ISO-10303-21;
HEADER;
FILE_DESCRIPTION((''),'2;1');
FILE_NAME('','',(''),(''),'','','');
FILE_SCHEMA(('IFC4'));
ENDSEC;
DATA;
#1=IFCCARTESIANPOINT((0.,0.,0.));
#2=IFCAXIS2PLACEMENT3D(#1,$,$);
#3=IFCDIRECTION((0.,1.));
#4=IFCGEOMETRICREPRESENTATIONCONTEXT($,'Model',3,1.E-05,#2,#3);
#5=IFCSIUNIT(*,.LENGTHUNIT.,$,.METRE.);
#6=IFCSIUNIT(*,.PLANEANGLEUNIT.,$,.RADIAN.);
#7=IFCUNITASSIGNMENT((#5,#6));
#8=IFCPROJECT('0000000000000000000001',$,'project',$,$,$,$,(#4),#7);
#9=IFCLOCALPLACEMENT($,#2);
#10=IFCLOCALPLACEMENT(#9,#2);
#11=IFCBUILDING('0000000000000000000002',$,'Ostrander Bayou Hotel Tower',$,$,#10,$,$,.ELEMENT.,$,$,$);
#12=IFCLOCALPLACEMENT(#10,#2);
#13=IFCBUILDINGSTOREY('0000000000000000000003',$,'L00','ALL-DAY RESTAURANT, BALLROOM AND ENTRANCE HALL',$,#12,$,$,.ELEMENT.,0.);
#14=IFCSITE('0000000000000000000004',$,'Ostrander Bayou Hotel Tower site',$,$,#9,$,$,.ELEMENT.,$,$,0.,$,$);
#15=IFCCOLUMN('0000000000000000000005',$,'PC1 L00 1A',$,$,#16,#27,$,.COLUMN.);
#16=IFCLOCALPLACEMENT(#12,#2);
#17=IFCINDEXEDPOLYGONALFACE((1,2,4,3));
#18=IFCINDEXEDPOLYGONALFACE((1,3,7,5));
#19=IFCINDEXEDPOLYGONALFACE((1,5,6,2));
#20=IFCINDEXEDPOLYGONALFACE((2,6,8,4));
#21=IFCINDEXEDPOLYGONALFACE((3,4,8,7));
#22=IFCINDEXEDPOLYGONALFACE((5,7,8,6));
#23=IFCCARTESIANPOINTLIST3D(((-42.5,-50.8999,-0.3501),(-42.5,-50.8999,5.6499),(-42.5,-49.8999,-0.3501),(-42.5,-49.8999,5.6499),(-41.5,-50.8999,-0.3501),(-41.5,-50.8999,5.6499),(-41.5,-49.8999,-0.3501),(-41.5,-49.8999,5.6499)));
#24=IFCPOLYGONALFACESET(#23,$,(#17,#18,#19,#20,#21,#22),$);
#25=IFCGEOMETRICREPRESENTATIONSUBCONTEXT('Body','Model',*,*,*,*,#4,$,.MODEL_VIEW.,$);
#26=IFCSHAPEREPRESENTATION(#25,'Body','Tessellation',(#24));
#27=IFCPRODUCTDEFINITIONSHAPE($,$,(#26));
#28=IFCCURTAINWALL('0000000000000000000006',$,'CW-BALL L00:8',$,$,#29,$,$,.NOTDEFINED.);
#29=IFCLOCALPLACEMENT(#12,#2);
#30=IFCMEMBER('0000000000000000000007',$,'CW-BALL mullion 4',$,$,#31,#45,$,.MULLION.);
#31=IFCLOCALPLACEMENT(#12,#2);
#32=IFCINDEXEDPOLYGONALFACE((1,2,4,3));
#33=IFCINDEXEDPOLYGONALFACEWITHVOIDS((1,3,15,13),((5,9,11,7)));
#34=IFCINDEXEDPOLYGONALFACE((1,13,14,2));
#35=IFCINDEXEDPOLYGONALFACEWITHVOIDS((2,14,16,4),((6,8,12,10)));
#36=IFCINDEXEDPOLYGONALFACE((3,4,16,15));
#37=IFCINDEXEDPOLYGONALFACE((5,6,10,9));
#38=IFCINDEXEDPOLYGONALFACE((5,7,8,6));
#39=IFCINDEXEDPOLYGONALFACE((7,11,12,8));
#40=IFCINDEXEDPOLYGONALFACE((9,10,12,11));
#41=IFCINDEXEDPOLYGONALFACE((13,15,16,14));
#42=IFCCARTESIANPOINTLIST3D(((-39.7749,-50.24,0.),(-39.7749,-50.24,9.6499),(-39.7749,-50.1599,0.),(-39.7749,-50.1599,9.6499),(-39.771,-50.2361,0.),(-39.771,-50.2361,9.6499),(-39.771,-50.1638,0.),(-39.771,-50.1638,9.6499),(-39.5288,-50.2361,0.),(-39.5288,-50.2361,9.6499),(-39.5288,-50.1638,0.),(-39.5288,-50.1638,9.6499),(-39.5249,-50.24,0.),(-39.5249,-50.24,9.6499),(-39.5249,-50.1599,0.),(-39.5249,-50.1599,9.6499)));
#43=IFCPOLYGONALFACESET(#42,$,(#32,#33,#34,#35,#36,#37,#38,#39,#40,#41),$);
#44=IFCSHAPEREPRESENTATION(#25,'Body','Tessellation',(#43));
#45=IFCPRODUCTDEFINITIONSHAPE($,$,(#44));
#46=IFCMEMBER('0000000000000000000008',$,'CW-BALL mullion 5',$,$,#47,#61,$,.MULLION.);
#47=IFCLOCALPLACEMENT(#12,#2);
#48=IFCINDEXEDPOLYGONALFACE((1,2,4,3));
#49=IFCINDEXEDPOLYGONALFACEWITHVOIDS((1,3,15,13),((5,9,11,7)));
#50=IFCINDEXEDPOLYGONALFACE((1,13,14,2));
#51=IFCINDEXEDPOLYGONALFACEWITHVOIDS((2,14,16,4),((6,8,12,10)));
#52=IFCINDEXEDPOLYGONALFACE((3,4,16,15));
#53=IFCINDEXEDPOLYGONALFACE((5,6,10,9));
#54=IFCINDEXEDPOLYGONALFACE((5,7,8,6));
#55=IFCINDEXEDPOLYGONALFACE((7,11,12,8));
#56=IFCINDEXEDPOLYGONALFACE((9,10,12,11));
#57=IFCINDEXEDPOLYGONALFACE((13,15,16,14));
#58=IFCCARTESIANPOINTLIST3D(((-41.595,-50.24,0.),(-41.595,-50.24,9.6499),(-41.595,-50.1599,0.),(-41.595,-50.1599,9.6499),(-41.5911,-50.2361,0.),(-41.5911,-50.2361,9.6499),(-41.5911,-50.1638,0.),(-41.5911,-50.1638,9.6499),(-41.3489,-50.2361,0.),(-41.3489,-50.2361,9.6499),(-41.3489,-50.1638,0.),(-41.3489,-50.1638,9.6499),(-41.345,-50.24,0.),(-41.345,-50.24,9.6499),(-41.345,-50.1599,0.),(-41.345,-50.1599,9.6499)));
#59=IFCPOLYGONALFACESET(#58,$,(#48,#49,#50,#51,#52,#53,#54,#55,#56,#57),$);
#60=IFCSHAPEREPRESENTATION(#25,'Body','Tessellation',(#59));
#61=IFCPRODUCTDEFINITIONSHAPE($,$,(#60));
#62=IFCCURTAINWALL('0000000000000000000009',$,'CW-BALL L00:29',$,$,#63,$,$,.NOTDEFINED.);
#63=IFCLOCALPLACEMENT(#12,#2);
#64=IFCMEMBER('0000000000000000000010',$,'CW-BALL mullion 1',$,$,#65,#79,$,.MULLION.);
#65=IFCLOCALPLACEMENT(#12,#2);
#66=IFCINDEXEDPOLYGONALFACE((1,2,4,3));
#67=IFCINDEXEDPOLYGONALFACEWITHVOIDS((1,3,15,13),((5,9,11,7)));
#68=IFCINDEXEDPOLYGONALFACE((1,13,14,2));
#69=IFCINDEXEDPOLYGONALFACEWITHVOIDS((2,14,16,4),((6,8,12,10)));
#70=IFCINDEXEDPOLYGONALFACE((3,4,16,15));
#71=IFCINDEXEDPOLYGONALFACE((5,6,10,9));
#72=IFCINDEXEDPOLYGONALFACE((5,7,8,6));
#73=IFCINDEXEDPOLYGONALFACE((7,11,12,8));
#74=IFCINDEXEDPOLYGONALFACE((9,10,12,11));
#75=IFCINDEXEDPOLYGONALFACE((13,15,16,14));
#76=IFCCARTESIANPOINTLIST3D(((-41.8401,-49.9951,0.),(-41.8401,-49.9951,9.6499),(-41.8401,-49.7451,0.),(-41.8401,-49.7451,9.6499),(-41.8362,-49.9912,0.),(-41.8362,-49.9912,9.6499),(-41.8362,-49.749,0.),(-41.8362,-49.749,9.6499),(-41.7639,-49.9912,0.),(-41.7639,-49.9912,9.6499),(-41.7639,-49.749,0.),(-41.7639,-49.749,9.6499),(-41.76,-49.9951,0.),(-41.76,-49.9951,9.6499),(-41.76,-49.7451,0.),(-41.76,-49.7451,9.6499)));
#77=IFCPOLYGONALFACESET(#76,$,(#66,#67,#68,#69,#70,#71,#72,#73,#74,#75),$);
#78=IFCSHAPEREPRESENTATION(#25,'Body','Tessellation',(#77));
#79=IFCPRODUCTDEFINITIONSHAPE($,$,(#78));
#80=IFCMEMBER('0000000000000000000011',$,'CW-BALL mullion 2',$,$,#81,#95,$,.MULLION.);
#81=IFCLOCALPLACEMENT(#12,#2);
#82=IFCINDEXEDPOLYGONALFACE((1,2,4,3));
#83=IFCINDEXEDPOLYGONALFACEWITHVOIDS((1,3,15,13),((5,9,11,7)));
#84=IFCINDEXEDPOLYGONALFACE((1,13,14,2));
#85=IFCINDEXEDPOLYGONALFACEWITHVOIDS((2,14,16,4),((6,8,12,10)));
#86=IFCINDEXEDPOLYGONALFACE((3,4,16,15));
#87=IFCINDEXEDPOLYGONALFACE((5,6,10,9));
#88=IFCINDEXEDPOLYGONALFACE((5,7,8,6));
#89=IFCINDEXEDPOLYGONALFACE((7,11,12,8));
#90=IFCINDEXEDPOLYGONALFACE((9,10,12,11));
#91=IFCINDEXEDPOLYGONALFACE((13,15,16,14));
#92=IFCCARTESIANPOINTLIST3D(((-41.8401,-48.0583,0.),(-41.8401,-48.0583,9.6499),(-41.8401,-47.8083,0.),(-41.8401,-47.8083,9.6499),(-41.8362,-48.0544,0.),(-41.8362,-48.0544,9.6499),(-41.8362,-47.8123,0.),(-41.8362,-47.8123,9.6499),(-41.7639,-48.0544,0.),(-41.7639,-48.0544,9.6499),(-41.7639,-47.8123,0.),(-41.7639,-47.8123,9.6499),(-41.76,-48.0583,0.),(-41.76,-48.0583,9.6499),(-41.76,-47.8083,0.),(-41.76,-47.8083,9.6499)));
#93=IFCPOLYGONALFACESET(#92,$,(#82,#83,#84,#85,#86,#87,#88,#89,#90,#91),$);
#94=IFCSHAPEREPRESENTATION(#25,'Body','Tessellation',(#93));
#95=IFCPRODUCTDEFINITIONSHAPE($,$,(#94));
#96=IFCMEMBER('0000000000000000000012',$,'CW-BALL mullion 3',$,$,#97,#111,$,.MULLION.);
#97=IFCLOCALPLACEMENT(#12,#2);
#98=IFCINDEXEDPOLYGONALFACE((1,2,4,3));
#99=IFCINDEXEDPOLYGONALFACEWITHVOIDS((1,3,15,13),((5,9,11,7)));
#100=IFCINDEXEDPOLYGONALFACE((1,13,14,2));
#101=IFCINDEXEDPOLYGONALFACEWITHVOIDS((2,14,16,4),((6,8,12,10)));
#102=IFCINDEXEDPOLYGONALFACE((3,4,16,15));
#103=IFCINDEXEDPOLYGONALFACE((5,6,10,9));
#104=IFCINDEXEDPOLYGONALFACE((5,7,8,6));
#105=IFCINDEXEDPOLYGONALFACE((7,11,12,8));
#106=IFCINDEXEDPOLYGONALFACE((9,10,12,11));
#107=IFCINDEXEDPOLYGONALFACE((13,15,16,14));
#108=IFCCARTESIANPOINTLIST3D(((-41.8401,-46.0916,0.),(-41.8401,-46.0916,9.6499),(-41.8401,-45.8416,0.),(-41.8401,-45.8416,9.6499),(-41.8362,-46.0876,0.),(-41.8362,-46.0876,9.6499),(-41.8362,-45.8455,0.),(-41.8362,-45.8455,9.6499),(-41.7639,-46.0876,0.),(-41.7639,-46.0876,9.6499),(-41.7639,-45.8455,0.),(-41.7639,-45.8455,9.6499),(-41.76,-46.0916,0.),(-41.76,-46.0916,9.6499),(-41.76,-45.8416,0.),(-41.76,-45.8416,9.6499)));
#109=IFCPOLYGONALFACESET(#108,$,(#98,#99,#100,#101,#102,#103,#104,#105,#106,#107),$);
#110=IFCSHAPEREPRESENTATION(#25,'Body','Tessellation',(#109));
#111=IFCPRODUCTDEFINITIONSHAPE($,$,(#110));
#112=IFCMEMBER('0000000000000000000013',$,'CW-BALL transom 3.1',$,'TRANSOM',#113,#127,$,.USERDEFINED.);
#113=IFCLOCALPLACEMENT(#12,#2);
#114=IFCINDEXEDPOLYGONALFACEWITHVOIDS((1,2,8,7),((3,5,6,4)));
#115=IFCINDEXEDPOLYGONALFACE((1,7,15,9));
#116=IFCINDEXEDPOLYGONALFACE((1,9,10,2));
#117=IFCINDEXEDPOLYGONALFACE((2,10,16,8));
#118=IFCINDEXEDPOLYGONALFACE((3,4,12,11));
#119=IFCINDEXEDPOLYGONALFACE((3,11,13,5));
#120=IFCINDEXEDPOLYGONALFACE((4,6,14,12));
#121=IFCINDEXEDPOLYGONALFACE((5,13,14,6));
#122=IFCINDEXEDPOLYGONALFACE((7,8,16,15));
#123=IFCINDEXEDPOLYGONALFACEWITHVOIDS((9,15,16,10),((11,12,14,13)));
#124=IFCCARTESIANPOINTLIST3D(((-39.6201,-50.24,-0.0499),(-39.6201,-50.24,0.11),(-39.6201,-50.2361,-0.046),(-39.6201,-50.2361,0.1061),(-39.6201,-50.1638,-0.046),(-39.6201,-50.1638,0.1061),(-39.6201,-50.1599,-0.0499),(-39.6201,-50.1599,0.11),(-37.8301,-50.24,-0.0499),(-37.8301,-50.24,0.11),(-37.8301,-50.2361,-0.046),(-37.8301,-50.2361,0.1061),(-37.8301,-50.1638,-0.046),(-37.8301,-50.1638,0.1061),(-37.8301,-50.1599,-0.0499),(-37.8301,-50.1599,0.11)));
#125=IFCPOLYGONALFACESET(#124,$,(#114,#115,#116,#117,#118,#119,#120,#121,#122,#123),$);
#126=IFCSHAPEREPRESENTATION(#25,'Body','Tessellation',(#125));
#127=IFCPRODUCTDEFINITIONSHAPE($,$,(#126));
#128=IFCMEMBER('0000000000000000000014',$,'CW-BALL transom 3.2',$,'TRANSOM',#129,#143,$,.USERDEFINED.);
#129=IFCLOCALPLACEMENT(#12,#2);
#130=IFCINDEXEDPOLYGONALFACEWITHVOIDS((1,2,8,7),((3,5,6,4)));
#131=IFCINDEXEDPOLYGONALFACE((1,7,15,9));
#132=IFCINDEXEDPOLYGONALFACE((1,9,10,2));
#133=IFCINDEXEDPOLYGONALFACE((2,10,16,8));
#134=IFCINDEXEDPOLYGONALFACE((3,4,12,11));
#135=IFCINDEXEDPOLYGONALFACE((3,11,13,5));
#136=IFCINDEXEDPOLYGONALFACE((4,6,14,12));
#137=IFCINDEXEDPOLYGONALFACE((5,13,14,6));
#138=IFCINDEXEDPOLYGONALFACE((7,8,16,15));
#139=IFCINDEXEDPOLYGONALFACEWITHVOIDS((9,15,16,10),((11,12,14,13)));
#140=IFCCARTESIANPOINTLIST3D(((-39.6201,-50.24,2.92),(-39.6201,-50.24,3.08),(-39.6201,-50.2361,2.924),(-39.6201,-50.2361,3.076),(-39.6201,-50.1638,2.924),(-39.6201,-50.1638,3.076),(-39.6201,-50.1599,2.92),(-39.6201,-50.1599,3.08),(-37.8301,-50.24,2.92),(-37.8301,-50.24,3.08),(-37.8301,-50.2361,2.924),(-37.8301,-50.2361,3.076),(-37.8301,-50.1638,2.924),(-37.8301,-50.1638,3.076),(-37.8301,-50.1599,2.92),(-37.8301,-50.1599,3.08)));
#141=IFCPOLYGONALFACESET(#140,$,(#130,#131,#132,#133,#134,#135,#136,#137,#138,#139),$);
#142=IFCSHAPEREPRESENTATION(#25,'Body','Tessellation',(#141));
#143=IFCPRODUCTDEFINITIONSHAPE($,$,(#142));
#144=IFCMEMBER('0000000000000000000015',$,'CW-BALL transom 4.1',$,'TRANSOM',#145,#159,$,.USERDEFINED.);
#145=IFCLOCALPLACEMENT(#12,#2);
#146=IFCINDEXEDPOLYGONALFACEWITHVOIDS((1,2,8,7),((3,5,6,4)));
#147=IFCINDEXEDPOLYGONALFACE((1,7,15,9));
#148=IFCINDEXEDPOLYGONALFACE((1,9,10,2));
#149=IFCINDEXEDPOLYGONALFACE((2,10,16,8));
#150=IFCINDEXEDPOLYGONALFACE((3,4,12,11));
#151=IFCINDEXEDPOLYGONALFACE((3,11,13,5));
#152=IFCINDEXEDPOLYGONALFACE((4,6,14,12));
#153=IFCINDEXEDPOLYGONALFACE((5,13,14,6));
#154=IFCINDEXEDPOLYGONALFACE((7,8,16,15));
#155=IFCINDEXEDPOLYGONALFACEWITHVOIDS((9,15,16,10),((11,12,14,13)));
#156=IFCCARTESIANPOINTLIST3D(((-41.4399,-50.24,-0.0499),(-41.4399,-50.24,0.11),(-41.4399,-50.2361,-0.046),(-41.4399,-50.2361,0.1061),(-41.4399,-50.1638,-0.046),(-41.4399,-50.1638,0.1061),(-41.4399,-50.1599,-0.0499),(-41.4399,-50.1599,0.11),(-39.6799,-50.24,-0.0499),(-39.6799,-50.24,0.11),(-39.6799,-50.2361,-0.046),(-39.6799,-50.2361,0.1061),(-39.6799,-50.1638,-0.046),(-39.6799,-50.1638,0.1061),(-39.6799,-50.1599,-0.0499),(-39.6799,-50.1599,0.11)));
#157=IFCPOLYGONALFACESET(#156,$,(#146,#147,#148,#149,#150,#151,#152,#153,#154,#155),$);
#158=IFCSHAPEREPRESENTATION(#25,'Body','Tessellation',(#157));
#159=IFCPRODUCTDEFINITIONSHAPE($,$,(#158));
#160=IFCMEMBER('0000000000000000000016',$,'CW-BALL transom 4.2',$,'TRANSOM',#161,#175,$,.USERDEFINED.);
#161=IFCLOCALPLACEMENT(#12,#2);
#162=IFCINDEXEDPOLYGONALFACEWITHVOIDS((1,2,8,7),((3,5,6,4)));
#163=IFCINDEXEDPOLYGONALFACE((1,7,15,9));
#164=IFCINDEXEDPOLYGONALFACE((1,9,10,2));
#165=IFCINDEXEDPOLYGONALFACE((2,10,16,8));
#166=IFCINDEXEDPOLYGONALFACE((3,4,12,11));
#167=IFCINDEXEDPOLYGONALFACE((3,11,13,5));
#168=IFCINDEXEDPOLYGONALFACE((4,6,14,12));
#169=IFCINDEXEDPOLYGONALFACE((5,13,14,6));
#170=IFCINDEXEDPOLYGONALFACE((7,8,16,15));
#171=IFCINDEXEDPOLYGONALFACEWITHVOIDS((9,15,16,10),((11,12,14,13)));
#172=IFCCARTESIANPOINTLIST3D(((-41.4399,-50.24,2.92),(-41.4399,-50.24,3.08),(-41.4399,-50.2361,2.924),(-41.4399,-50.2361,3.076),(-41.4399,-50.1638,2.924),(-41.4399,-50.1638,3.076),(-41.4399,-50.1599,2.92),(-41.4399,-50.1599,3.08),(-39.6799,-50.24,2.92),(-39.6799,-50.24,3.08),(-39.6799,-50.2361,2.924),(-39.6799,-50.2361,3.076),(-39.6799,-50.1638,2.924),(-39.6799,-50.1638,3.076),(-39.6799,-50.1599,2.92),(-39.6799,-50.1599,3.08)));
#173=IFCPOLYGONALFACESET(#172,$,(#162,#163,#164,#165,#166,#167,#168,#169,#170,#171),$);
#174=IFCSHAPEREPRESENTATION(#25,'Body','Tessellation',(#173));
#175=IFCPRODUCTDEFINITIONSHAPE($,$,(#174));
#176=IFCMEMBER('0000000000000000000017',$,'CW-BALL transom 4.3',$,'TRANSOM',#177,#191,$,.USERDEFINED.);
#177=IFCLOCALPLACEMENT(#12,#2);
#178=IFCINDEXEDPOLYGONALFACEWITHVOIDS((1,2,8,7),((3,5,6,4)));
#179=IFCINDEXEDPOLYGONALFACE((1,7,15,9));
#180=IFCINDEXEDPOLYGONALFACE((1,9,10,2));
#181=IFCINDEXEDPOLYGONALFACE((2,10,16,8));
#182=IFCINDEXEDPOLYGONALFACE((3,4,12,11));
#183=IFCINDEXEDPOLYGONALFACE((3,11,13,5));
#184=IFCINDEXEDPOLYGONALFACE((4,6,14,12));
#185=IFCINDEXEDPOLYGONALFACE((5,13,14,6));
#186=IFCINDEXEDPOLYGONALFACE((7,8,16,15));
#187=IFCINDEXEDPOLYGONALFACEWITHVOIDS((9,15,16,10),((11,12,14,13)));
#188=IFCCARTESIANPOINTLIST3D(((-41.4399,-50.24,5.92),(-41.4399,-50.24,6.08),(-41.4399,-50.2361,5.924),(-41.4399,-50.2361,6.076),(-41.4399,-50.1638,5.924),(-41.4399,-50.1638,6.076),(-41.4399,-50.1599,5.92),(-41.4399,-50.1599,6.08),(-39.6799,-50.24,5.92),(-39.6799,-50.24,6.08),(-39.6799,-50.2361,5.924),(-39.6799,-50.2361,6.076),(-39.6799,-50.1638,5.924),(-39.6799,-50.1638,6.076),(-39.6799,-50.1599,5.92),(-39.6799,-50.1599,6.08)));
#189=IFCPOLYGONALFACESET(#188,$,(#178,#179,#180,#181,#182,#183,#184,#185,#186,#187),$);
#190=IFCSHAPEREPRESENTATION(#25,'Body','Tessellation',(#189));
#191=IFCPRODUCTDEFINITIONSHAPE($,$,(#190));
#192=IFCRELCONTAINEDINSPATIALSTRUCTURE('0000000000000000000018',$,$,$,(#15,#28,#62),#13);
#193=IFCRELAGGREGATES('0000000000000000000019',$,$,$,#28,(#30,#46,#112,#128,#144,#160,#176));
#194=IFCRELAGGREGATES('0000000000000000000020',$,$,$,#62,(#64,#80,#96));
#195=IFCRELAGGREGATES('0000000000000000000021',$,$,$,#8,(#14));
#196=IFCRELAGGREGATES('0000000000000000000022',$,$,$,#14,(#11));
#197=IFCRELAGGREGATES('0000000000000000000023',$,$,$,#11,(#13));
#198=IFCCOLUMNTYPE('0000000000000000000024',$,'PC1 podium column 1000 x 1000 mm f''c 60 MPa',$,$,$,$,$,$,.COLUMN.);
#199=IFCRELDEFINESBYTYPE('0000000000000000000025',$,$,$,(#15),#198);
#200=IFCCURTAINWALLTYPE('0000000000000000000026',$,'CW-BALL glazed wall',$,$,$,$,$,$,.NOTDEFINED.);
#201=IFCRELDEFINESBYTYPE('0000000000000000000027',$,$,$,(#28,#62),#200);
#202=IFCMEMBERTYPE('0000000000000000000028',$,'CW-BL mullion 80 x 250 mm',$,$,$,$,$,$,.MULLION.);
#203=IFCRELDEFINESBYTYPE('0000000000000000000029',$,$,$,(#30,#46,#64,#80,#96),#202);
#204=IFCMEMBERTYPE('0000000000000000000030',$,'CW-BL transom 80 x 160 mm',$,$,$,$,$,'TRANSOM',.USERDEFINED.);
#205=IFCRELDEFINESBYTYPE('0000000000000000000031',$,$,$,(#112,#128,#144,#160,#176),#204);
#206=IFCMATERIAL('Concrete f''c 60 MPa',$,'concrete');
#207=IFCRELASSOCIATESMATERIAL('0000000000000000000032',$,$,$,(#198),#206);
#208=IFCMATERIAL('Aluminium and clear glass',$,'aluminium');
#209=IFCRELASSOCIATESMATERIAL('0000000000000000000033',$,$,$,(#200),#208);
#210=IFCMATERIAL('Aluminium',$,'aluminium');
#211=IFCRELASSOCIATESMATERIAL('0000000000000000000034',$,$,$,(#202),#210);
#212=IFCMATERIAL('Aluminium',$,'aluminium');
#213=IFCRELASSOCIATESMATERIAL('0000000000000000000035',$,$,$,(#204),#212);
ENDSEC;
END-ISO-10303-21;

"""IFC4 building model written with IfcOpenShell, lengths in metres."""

from ifc_helpers import new_model, si_unit, direction, frame, origin, origin_2d, place, context, subcontext, project, spatial, rectangle, hollow_rectangle, extrude, material, material_profile, profile_set, type_object, element, aggregate, save


model = new_model("IFC4")

# Units and contexts
model_context = context("Model", 3, precision=1e-05, world=origin(), true_north=direction((0.0, 1.0)))
body_context = subcontext(model_context, "Body", "Model", "MODEL_VIEW")
ifc_project = project(units=[si_unit("LENGTHUNIT", "METRE"), si_unit("PLANEANGLEUNIT", "RADIAN")], contexts=[model_context])

# Site, building, storey
site_placement = place(None, origin())
site = spatial("IfcSite", under=ifc_project, at=site_placement, Name="Ostrander Bayou Hotel Tower site", CompositionType="ELEMENT", RefElevation=0.0)
building_placement = place(site_placement, origin())
building = spatial("IfcBuilding", under=site, at=building_placement, Name="Ostrander Bayou Hotel Tower", CompositionType="ELEMENT")
storey_placement = place(building_placement, origin())
storey = spatial("IfcBuildingStorey", under=building, at=storey_placement, Name="L00", Description="ALL-DAY RESTAURANT, BALLROOM AND ENTRANCE HALL", CompositionType="ELEMENT", Elevation=0.0)

# Column
ifc_material_1 = material(Name="Concrete f'c 60 MPa", Category="concrete")
ifc_material_profile_1 = material_profile(ifc_material_1, rectangle(XDim=1.0, YDim=1.0, at=origin_2d()))
ifc_profile_set_1 = profile_set([ifc_material_profile_1], Name="Concrete f'c 60 MPa")
column_type = type_object("IfcColumnType", Name="PC1 podium column 1000 x 1000 mm f'c 60 MPa", PredefinedType="COLUMN", material=ifc_profile_set_1)
column_placement = place(storey_placement, frame((-42.0, -50.3999, -0.3501), z_axis=(0.0, 0.0, 1.0), x_axis=(1.0, 0.0, 0.0)))
element("IfcColumn", 1, at=column_placement, inside=storey, type_object=column_type, Name="PC1 L00 1A", PredefinedType="COLUMN", context=body_context, shape_type="SweptSolid", body=[
    extrude(rectangle(XDim=1.0, YDim=1.0, at=origin_2d()), origin(), (0.0, 0.0, 1.0), 6.0),
])

# Curtain walls, members
ifc_material_2 = material(Name="Aluminium and clear glass", Category="aluminium")
curtain_wall_type = type_object("IfcCurtainWallType", Name="CW-BALL glazed wall", PredefinedType="NOTDEFINED", material=ifc_material_2)
curtain_wall_1_placement = place(storey_placement, origin())
curtain_wall_1 = element("IfcCurtainWall", 2, at=curtain_wall_1_placement, inside=storey, type_object=curtain_wall_type, Name="CW-BALL L00:8", PredefinedType="NOTDEFINED")
ifc_material_3 = material(Name="Aluminium", Category="aluminium")
ifc_material_profile_2 = material_profile(ifc_material_3, hollow_rectangle(XDim=0.0801, YDim=0.25, WallThickness=0.0039, at=origin_2d()))
ifc_profile_set_2 = profile_set([ifc_material_profile_2], Name="Aluminium")
member_type_1 = type_object("IfcMemberType", Name="CW-BL mullion 80 x 250 mm", PredefinedType="MULLION", material=ifc_profile_set_2)
member_1_placement = place(storey_placement, frame((-39.6499, -50.2, 0.0), z_axis=(0.0, 0.0, 1.0), x_axis=(0.0, -1.0, 0.0)))
member_1 = element("IfcMember", 3, at=member_1_placement, type_object=member_type_1, Name="CW-BALL mullion 4", PredefinedType="MULLION", context=body_context, shape_type="SweptSolid", body=[
    extrude(hollow_rectangle(XDim=0.0801, YDim=0.25, WallThickness=0.0039, at=origin_2d()), origin(), (0.0, 0.0, 1.0), 9.6499),
])
member_2_placement = place(storey_placement, frame((-41.47, -50.2, 0.0), z_axis=(0.0, 0.0, 1.0), x_axis=(0.0, -1.0, 0.0)))
member_2 = element("IfcMember", 4, at=member_2_placement, type_object=member_type_1, Name="CW-BALL mullion 5", PredefinedType="MULLION", context=body_context, shape_type="SweptSolid", body=[
    extrude(hollow_rectangle(XDim=0.0801, YDim=0.25, WallThickness=0.0039, at=origin_2d()), origin(), (0.0, 0.0, 1.0), 9.6499),
])
curtain_wall_2_placement = place(storey_placement, origin())
curtain_wall_2 = element("IfcCurtainWall", 5, at=curtain_wall_2_placement, inside=storey, type_object=curtain_wall_type, Name="CW-BALL L00:29", PredefinedType="NOTDEFINED")
member_3_placement = place(storey_placement, frame((-41.8, -49.8701, 0.0), z_axis=(0.0, 0.0, 1.0), x_axis=(-1.0, 0.0, 0.0)))
member_3 = element("IfcMember", 6, at=member_3_placement, type_object=member_type_1, Name="CW-BALL mullion 1", PredefinedType="MULLION", context=body_context, shape_type="SweptSolid", body=[
    extrude(hollow_rectangle(XDim=0.0801, YDim=0.25, WallThickness=0.0039, at=origin_2d()), origin(), (0.0, 0.0, 1.0), 9.6499),
])
member_4_placement = place(storey_placement, frame((-41.8, -47.9333, 0.0), z_axis=(0.0, 0.0, 1.0), x_axis=(-1.0, 0.0, 0.0)))
member_4 = element("IfcMember", 7, at=member_4_placement, type_object=member_type_1, Name="CW-BALL mullion 2", PredefinedType="MULLION", context=body_context, shape_type="SweptSolid", body=[
    extrude(hollow_rectangle(XDim=0.0801, YDim=0.25, WallThickness=0.0039, at=origin_2d()), origin(), (0.0, 0.0, 1.0), 9.6499),
])
member_5_placement = place(storey_placement, frame((-41.8, -45.9666, 0.0), z_axis=(0.0, 0.0, 1.0), x_axis=(-1.0, 0.0, 0.0)))
member_5 = element("IfcMember", 8, at=member_5_placement, type_object=member_type_1, Name="CW-BALL mullion 3", PredefinedType="MULLION", context=body_context, shape_type="SweptSolid", body=[
    extrude(hollow_rectangle(XDim=0.0801, YDim=0.25, WallThickness=0.0039, at=origin_2d()), origin(), (0.0, 0.0, 1.0), 9.6499),
])

# Members
ifc_material_4 = material(Name="Aluminium", Category="aluminium")
ifc_material_profile_3 = material_profile(ifc_material_4, hollow_rectangle(XDim=0.0801, YDim=0.1599, WallThickness=0.0039, at=origin_2d()))
ifc_profile_set_3 = profile_set([ifc_material_profile_3], Name="Aluminium")
member_type_2 = type_object("IfcMemberType", Name="CW-BL transom 80 x 160 mm", ElementType="TRANSOM", PredefinedType="USERDEFINED", material=ifc_profile_set_3)
member_6_placement = place(storey_placement, frame((-37.8301, -50.2, 0.03), z_axis=(-1.0, 0.0, 0.0), x_axis=(0.0, -1.0, 0.0)))
member_6 = element("IfcMember", 9, at=member_6_placement, type_object=member_type_2, Name="CW-BALL transom 3.1", ObjectType="TRANSOM", PredefinedType="USERDEFINED", context=body_context, shape_type="SweptSolid", body=[
    extrude(hollow_rectangle(XDim=0.0801, YDim=0.1599, WallThickness=0.0039, at=origin_2d()), origin(), (0.0, 0.0, 1.0), 1.79),
])
member_7_placement = place(storey_placement, frame((-37.8301, -50.2, 3.0), z_axis=(-1.0, 0.0, 0.0), x_axis=(0.0, -1.0, 0.0)))
member_7 = element("IfcMember", 10, at=member_7_placement, type_object=member_type_2, Name="CW-BALL transom 3.2", ObjectType="TRANSOM", PredefinedType="USERDEFINED", context=body_context, shape_type="SweptSolid", body=[
    extrude(hollow_rectangle(XDim=0.0801, YDim=0.1599, WallThickness=0.0039, at=origin_2d()), origin(), (0.0, 0.0, 1.0), 1.79),
])
member_8_placement = place(storey_placement, frame((-39.6799, -50.2, 0.03), z_axis=(-1.0, 0.0, 0.0), x_axis=(0.0, -1.0, 0.0)))
member_8 = element("IfcMember", 11, at=member_8_placement, type_object=member_type_2, Name="CW-BALL transom 4.1", ObjectType="TRANSOM", PredefinedType="USERDEFINED", context=body_context, shape_type="SweptSolid", body=[
    extrude(hollow_rectangle(XDim=0.0801, YDim=0.1599, WallThickness=0.0039, at=origin_2d()), origin(), (0.0, 0.0, 1.0), 1.76),
])
member_9_placement = place(storey_placement, frame((-39.6799, -50.2, 3.0), z_axis=(-1.0, 0.0, 0.0), x_axis=(0.0, -1.0, 0.0)))
member_9 = element("IfcMember", 12, at=member_9_placement, type_object=member_type_2, Name="CW-BALL transom 4.2", ObjectType="TRANSOM", PredefinedType="USERDEFINED", context=body_context, shape_type="SweptSolid", body=[
    extrude(hollow_rectangle(XDim=0.0801, YDim=0.1599, WallThickness=0.0039, at=origin_2d()), origin(), (0.0, 0.0, 1.0), 1.76),
])
member_10_placement = place(storey_placement, frame((-39.6799, -50.2, 6.0), z_axis=(-1.0, 0.0, 0.0), x_axis=(0.0, -1.0, 0.0)))
member_10 = element("IfcMember", 13, at=member_10_placement, type_object=member_type_2, Name="CW-BALL transom 4.3", ObjectType="TRANSOM", PredefinedType="USERDEFINED", context=body_context, shape_type="SweptSolid", body=[
    extrude(hollow_rectangle(XDim=0.0801, YDim=0.1599, WallThickness=0.0039, at=origin_2d()), origin(), (0.0, 0.0, 1.0), 1.76),
])

aggregate(curtain_wall_1, [member_1, member_2, member_6, member_7, member_8, member_9, member_10])
aggregate(curtain_wall_2, [member_3, member_4, member_5])

save(model, "model.ifc")
